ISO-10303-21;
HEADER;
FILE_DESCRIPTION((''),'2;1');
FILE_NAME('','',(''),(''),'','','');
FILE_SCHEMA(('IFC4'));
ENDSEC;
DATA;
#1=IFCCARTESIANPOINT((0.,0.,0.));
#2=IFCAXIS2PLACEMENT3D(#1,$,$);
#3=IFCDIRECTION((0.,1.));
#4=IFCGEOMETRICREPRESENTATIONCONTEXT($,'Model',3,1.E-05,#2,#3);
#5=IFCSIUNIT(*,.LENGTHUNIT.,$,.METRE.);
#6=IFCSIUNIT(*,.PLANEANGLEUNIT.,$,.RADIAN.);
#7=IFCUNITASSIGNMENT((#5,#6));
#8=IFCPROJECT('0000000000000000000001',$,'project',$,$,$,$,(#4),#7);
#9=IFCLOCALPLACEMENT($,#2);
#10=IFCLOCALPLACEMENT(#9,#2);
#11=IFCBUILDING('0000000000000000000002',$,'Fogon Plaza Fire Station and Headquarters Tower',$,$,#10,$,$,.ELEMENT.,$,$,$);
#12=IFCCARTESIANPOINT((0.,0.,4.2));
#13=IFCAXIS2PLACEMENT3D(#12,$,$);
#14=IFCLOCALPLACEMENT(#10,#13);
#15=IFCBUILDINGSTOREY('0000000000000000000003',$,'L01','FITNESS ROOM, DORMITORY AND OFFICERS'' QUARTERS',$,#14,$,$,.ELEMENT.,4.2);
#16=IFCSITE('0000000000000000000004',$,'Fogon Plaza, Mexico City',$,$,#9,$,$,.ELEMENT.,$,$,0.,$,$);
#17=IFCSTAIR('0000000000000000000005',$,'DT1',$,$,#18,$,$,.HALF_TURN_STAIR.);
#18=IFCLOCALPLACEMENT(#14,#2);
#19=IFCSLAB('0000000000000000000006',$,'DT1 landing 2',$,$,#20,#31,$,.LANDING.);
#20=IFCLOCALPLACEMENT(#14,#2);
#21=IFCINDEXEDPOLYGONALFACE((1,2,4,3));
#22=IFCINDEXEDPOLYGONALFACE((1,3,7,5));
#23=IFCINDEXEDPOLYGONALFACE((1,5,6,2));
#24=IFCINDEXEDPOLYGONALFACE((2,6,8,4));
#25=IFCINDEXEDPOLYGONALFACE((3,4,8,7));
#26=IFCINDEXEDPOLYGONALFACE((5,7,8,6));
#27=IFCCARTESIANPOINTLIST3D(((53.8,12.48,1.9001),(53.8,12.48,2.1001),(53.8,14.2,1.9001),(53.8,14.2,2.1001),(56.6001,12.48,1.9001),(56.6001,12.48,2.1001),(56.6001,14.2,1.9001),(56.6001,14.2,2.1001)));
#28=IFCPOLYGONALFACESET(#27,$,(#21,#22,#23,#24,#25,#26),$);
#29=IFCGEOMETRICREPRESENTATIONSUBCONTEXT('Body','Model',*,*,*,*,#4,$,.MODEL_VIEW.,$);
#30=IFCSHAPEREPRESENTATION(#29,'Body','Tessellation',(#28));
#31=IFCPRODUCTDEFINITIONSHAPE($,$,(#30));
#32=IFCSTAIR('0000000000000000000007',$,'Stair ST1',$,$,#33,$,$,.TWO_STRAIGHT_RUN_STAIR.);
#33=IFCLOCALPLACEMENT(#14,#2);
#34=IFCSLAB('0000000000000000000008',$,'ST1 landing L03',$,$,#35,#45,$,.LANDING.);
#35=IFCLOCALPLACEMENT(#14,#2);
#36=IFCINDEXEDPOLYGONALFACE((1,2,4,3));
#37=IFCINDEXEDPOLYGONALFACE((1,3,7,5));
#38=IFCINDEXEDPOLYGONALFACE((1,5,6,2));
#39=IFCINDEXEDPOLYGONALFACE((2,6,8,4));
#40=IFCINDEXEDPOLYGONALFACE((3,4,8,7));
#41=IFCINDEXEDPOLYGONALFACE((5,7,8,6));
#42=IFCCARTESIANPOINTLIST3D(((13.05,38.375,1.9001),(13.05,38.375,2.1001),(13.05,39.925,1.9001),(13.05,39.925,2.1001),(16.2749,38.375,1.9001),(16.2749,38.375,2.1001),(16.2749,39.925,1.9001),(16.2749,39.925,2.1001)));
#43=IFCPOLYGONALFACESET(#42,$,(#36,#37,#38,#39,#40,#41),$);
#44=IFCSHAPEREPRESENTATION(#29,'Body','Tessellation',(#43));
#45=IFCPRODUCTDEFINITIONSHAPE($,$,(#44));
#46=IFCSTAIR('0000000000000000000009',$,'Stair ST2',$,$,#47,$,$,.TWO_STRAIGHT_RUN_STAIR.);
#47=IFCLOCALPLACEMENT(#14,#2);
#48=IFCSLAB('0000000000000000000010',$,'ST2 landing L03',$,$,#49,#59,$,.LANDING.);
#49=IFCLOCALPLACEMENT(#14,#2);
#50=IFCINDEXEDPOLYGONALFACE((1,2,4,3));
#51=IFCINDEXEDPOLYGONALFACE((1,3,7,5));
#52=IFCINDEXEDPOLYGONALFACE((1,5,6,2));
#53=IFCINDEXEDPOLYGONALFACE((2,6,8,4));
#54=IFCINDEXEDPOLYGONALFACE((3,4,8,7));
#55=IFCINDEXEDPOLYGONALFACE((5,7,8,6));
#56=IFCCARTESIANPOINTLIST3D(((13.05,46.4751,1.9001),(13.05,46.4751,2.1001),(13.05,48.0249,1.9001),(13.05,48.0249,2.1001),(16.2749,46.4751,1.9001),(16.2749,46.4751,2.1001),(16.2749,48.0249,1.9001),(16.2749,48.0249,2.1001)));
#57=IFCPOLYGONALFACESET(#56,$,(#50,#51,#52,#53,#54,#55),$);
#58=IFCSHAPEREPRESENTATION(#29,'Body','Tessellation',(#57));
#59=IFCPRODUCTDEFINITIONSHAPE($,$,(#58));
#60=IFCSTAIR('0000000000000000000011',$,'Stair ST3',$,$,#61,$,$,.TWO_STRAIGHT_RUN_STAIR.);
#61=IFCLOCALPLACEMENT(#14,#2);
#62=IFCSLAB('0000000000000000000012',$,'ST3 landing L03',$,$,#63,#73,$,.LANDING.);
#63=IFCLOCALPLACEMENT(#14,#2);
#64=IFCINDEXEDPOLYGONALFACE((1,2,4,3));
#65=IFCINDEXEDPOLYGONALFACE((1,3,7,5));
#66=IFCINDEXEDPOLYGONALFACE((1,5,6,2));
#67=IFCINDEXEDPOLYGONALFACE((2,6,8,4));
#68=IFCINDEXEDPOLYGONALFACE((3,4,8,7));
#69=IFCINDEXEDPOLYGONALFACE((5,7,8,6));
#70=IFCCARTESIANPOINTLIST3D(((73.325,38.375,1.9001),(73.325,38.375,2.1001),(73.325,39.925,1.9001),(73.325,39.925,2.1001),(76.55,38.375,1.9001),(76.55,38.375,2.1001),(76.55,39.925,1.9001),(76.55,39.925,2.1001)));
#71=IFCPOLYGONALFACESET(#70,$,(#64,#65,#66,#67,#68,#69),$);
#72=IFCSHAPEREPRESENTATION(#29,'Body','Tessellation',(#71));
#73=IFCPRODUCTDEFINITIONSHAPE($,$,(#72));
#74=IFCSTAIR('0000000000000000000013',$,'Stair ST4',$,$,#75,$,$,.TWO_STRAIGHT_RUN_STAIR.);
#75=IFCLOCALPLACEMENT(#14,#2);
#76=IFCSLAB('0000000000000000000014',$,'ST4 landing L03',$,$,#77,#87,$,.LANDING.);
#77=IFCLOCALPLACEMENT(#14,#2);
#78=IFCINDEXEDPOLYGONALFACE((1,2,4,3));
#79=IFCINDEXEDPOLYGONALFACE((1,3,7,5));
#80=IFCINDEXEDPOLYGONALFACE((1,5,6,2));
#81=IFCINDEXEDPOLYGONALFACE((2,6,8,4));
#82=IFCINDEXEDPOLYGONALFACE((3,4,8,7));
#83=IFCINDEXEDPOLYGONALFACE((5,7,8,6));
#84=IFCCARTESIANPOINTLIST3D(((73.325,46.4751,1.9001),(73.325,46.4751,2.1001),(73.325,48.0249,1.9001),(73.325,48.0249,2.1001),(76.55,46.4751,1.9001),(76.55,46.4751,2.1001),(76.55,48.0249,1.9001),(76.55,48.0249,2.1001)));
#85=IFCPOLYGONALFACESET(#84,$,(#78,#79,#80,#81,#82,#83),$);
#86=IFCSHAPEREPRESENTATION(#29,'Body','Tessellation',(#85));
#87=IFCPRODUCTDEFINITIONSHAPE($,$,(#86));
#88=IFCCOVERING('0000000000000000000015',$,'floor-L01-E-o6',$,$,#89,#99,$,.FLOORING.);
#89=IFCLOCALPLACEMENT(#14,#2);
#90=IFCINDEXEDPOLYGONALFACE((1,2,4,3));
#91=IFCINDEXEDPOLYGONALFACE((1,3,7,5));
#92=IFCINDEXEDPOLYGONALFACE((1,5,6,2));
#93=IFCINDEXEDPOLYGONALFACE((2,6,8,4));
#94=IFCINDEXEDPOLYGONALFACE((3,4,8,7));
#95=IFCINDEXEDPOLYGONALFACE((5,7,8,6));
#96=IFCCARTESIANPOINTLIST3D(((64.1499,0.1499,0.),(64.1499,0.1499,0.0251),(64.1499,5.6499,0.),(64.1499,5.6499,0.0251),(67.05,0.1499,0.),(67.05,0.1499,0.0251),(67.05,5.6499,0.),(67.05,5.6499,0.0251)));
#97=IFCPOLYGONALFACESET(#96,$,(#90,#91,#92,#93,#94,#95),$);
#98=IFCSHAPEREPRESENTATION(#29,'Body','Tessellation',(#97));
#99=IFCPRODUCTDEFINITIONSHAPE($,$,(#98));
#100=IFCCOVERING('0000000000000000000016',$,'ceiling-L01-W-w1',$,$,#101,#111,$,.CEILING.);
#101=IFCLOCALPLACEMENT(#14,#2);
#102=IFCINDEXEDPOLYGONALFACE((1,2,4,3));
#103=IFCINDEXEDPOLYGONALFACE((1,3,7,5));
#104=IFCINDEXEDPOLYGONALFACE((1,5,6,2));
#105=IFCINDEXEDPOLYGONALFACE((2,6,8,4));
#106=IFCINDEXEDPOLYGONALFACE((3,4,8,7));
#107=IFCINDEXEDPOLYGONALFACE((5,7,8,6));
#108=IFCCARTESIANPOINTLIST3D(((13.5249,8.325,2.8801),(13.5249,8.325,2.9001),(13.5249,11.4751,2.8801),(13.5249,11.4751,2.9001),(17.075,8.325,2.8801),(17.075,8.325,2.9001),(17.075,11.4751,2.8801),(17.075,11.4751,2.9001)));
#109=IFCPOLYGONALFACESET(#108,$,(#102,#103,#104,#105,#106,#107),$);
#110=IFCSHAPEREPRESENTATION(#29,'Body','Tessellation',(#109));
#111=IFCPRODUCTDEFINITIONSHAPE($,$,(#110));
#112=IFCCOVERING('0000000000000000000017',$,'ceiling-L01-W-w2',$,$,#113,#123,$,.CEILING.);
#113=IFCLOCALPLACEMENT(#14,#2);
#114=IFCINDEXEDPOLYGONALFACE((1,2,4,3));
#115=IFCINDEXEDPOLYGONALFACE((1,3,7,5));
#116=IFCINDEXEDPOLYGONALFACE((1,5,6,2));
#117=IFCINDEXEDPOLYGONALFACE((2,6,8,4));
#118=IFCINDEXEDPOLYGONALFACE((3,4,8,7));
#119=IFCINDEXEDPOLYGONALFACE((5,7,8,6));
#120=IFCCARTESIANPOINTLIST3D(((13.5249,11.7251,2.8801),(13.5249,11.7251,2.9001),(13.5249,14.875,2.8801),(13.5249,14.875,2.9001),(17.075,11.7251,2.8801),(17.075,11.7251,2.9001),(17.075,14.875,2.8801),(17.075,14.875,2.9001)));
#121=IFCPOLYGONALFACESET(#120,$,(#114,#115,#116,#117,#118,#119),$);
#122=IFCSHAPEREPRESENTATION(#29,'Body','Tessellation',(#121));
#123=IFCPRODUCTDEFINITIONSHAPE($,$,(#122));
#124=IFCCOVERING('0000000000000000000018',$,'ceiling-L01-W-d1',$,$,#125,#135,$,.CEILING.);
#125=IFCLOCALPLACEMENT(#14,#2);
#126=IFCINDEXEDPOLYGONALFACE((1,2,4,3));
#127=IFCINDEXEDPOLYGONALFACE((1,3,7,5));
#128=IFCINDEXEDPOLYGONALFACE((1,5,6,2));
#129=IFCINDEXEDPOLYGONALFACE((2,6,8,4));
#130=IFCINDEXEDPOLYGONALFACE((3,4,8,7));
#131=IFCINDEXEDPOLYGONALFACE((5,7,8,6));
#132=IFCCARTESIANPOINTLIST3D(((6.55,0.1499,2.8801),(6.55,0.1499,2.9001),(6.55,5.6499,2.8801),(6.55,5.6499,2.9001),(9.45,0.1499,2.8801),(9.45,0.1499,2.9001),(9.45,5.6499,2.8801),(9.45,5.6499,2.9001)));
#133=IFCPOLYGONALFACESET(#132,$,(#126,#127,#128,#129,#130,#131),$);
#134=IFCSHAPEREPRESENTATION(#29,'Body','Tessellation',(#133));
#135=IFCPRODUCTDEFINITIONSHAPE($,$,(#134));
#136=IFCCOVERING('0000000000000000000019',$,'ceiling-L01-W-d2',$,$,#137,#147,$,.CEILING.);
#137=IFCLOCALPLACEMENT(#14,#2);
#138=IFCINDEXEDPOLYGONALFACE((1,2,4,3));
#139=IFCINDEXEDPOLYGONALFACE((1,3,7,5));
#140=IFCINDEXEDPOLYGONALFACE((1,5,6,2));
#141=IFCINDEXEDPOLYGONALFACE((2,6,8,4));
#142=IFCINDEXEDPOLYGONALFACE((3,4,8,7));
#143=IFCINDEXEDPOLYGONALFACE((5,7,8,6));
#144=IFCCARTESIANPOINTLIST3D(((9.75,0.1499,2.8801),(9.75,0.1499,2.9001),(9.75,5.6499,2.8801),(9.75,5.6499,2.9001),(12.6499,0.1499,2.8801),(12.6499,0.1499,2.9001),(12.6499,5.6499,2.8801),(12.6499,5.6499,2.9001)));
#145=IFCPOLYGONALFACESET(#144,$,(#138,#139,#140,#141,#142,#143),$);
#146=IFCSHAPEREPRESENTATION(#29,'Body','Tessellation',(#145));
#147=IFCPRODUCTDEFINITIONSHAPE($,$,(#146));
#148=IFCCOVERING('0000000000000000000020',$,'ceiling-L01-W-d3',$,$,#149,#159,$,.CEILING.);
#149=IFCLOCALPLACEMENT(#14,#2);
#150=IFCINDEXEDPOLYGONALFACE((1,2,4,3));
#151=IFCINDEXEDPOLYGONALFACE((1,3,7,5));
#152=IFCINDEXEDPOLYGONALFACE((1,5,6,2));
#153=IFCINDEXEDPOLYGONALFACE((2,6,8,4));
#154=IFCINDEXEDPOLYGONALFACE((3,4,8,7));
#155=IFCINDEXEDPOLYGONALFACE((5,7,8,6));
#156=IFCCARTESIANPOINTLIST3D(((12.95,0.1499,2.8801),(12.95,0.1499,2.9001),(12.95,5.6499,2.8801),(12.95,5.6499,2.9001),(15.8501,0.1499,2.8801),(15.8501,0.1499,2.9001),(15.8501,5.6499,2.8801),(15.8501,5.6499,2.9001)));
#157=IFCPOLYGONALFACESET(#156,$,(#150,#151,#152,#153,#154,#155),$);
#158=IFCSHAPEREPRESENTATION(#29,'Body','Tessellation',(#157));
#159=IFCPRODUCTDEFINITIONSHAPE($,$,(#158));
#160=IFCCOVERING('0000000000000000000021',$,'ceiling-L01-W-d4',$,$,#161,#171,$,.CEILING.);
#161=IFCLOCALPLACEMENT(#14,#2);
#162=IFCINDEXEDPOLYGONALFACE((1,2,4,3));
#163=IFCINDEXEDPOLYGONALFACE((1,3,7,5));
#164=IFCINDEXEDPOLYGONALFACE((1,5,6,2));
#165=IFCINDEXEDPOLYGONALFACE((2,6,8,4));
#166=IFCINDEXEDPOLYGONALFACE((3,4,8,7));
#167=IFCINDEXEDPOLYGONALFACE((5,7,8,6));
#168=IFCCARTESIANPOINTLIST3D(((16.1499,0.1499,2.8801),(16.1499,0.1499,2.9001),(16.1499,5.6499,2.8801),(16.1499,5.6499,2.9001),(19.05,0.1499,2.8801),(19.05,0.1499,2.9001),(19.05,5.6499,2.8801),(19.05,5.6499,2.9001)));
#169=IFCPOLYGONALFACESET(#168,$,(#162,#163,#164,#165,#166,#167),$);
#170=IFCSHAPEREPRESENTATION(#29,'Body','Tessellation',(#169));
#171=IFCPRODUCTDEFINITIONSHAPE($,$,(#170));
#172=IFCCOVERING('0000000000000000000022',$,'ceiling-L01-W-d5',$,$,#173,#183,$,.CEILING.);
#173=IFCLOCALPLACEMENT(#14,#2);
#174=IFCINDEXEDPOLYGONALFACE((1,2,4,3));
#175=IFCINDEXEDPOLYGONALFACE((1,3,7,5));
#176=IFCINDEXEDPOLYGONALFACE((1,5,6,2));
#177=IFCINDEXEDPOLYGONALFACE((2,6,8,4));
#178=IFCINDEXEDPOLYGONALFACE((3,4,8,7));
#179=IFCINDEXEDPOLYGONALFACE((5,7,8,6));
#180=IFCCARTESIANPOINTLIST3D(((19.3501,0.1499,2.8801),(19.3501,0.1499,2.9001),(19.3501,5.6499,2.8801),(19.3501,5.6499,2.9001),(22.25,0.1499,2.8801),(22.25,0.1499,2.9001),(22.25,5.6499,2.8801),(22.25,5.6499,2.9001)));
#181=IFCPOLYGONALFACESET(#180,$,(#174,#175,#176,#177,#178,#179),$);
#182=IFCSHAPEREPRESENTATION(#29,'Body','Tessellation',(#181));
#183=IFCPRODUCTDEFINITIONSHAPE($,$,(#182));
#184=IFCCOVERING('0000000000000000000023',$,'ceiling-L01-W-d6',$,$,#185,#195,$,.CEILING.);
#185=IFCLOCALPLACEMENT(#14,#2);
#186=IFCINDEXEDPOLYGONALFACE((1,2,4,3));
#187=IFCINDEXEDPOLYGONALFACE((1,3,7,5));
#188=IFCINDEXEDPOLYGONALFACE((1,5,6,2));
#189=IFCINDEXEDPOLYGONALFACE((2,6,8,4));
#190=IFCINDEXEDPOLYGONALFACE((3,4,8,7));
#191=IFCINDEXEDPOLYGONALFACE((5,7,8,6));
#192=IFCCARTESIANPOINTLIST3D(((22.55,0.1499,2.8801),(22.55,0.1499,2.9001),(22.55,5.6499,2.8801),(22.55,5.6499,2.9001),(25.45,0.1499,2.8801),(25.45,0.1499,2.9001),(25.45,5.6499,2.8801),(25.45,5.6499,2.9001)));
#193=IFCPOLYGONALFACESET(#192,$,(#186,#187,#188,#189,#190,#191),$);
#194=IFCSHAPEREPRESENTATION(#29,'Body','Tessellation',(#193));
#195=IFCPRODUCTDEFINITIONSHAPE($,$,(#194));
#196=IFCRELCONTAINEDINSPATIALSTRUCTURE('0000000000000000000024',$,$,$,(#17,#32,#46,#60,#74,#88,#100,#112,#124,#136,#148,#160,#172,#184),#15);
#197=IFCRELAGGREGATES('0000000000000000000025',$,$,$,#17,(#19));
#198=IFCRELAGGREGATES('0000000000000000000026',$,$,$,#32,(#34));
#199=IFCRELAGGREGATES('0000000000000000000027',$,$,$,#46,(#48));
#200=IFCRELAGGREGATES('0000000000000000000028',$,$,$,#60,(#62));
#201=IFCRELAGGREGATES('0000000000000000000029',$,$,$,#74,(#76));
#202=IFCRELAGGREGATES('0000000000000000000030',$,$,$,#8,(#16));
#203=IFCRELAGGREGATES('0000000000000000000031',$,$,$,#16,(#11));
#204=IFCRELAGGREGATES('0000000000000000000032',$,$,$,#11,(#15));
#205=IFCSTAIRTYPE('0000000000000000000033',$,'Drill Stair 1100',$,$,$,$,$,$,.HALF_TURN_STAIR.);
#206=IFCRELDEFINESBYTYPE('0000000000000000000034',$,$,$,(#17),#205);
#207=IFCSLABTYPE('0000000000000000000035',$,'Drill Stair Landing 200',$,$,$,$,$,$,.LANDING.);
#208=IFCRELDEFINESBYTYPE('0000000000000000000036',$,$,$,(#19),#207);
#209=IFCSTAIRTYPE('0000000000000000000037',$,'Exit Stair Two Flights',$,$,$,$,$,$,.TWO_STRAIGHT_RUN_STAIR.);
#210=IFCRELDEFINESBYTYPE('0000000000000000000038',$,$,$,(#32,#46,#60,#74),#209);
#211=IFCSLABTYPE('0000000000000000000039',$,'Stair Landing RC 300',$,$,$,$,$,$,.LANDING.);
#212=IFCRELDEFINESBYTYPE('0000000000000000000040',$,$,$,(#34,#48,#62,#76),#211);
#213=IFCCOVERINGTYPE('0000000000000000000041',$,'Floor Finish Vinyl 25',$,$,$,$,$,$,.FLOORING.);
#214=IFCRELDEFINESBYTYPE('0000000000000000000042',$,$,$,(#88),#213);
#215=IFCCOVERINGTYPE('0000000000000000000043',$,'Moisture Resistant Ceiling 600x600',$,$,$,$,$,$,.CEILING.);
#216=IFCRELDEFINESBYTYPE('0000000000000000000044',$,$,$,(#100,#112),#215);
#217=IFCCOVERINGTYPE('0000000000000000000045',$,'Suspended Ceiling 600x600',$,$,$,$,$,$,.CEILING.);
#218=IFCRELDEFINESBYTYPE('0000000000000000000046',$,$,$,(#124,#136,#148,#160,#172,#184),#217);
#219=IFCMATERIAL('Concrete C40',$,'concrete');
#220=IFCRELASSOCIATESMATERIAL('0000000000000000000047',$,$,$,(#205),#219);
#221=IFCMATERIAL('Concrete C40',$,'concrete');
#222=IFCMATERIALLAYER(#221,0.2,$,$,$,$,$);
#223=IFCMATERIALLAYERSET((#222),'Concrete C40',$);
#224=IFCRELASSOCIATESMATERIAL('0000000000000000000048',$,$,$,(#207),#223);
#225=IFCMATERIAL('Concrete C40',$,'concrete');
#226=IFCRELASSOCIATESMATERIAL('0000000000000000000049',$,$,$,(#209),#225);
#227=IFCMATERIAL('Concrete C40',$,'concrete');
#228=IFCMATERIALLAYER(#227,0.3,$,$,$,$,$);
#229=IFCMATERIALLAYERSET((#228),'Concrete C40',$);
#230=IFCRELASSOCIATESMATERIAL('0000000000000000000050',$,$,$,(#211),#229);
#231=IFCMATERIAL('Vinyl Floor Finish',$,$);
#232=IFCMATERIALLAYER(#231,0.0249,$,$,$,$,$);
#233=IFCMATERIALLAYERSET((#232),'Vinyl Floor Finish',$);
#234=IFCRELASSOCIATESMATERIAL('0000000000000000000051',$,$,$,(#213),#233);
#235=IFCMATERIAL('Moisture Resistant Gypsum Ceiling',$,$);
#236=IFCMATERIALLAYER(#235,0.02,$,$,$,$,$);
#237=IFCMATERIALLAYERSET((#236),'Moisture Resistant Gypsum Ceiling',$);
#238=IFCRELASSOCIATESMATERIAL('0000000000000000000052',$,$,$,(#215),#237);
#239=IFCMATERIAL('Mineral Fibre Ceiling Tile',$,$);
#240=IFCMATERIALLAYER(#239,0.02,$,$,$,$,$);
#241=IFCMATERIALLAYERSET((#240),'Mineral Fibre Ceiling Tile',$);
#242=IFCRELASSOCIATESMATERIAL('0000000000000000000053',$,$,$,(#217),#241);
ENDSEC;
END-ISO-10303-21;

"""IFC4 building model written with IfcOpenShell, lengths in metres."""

from ifc_helpers import new_model, si_unit, direction, frame, origin, place, context, subcontext, project, spatial, polyline, outline, extrude, material, layer, layer_set, type_object, element, aggregate, save


model = new_model("IFC4")

# Units and contexts
model_context = context("Model", 3, precision=1e-05, world=origin(), true_north=direction((0.0, 1.0)))
body_context = subcontext(model_context, "Body", "Model", "MODEL_VIEW")
ifc_project = project(units=[si_unit("LENGTHUNIT", "METRE"), si_unit("PLANEANGLEUNIT", "RADIAN")], contexts=[model_context])

# Site, building, storey
site_placement = place(None, origin())
site = spatial("IfcSite", under=ifc_project, at=site_placement, Name="Fogon Plaza, Mexico City", CompositionType="ELEMENT", RefElevation=0.0)
building_placement = place(site_placement, origin())
building = spatial("IfcBuilding", under=site, at=building_placement, Name="Fogon Plaza Fire Station and Headquarters Tower", CompositionType="ELEMENT")
storey_placement = place(building_placement, frame((0.0, 0.0, 4.2)))
storey = spatial("IfcBuildingStorey", under=building, at=storey_placement, Name="L01", Description="FITNESS ROOM, DORMITORY AND OFFICERS' QUARTERS", CompositionType="ELEMENT", Elevation=4.2)

# Stairs, slabs
ifc_material_1 = material(Name="Concrete C40", Category="concrete")
stair_type_1 = type_object("IfcStairType", Name="Drill Stair 1100", PredefinedType="HALF_TURN_STAIR", material=ifc_material_1)
stair_1_placement = place(storey_placement, origin())
stair_1 = element("IfcStair", 1, at=stair_1_placement, inside=storey, type_object=stair_type_1, Name="DT1", PredefinedType="HALF_TURN_STAIR")
ifc_material_2 = material(Name="Concrete C40", Category="concrete")
ifc_layer_1 = layer(ifc_material_2, 0.2)
ifc_layer_set_1 = layer_set([ifc_layer_1], Name="Concrete C40")
slab_type_1 = type_object("IfcSlabType", Name="Drill Stair Landing 200", PredefinedType="LANDING", material=ifc_layer_set_1)
slab_1_placement = place(storey_placement, frame((0.0, 0.0, 1.9001)))
slab_1 = element("IfcSlab", 2, at=slab_1_placement, type_object=slab_type_1, Name="DT1 landing 2", PredefinedType="LANDING", context=body_context, shape_type="SweptSolid", body=[
    extrude(outline(polyline([(53.8, 12.48), (56.6001, 12.48), (56.6001, 14.2), (53.8, 14.2), (53.8, 12.48)])), origin(), (0.0, 0.0, 1.0), 0.2),
])
aggregate(stair_1, [slab_1])
ifc_material_3 = material(Name="Concrete C40", Category="concrete")
stair_type_2 = type_object("IfcStairType", Name="Exit Stair Two Flights", PredefinedType="TWO_STRAIGHT_RUN_STAIR", material=ifc_material_3)
stair_2_placement = place(storey_placement, origin())
stair_2 = element("IfcStair", 3, at=stair_2_placement, inside=storey, type_object=stair_type_2, Name="Stair ST1", PredefinedType="TWO_STRAIGHT_RUN_STAIR")
ifc_material_4 = material(Name="Concrete C40", Category="concrete")
ifc_layer_2 = layer(ifc_material_4, 0.3)
ifc_layer_set_2 = layer_set([ifc_layer_2], Name="Concrete C40")
slab_type_2 = type_object("IfcSlabType", Name="Stair Landing RC 300", PredefinedType="LANDING", material=ifc_layer_set_2)
slab_2_placement = place(storey_placement, frame((0.0, 0.0, 1.9001)))
slab_2 = element("IfcSlab", 4, at=slab_2_placement, type_object=slab_type_2, Name="ST1 landing L03", PredefinedType="LANDING", context=body_context, shape_type="SweptSolid", body=[
    extrude(outline(polyline([(16.2749, 38.375), (16.2749, 39.925), (13.05, 39.925), (13.05, 38.375), (16.2749, 38.375)])), origin(), (0.0, 0.0, 1.0), 0.2),
])
aggregate(stair_2, [slab_2])
stair_3_placement = place(storey_placement, origin())
stair_3 = element("IfcStair", 5, at=stair_3_placement, inside=storey, type_object=stair_type_2, Name="Stair ST2", PredefinedType="TWO_STRAIGHT_RUN_STAIR")
slab_3_placement = place(storey_placement, frame((0.0, 0.0, 1.9001)))
slab_3 = element("IfcSlab", 6, at=slab_3_placement, type_object=slab_type_2, Name="ST2 landing L03", PredefinedType="LANDING", context=body_context, shape_type="SweptSolid", body=[
    extrude(outline(polyline([(16.2749, 46.4751), (16.2749, 48.0249), (13.05, 48.0249), (13.05, 46.4751), (16.2749, 46.4751)])), origin(), (0.0, 0.0, 1.0), 0.2),
])
aggregate(stair_3, [slab_3])
stair_4_placement = place(storey_placement, origin())
stair_4 = element("IfcStair", 7, at=stair_4_placement, inside=storey, type_object=stair_type_2, Name="Stair ST3", PredefinedType="TWO_STRAIGHT_RUN_STAIR")
slab_4_placement = place(storey_placement, frame((0.0, 0.0, 1.9001)))
slab_4 = element("IfcSlab", 8, at=slab_4_placement, type_object=slab_type_2, Name="ST3 landing L03", PredefinedType="LANDING", context=body_context, shape_type="SweptSolid", body=[
    extrude(outline(polyline([(73.325, 38.375), (76.55, 38.375), (76.55, 39.925), (73.325, 39.925), (73.325, 38.375)])), origin(), (0.0, 0.0, 1.0), 0.2),
])
aggregate(stair_4, [slab_4])
stair_5_placement = place(storey_placement, origin())
stair_5 = element("IfcStair", 9, at=stair_5_placement, inside=storey, type_object=stair_type_2, Name="Stair ST4", PredefinedType="TWO_STRAIGHT_RUN_STAIR")
slab_5_placement = place(storey_placement, frame((0.0, 0.0, 1.9001)))
slab_5 = element("IfcSlab", 10, at=slab_5_placement, type_object=slab_type_2, Name="ST4 landing L03", PredefinedType="LANDING", context=body_context, shape_type="SweptSolid", body=[
    extrude(outline(polyline([(73.325, 46.4751), (76.55, 46.4751), (76.55, 48.0249), (73.325, 48.0249), (73.325, 46.4751)])), origin(), (0.0, 0.0, 1.0), 0.2),
])
aggregate(stair_5, [slab_5])

# Coverings
ifc_material_5 = material(Name="Vinyl Floor Finish")
ifc_layer_3 = layer(ifc_material_5, 0.0249)
ifc_layer_set_3 = layer_set([ifc_layer_3], Name="Vinyl Floor Finish")
covering_type_1 = type_object("IfcCoveringType", Name="Floor Finish Vinyl 25", PredefinedType="FLOORING", material=ifc_layer_set_3)
covering_1_placement = place(storey_placement, origin())
element("IfcCovering", 11, at=covering_1_placement, inside=storey, type_object=covering_type_1, Name="floor-L01-E-o6", PredefinedType="FLOORING", context=body_context, shape_type="SweptSolid", body=[
    extrude(outline(polyline([(64.1499, 0.1499), (64.1499, 5.6499), (67.05, 5.6499), (67.05, 0.1499), (64.1499, 0.1499)])), origin(), (0.0, 0.0, 1.0), 0.0251),
])
ifc_material_6 = material(Name="Moisture Resistant Gypsum Ceiling")
ifc_layer_4 = layer(ifc_material_6, 0.02)
ifc_layer_set_4 = layer_set([ifc_layer_4], Name="Moisture Resistant Gypsum Ceiling")
covering_type_2 = type_object("IfcCoveringType", Name="Moisture Resistant Ceiling 600x600", PredefinedType="CEILING", material=ifc_layer_set_4)
covering_2_placement = place(storey_placement, frame((0.0, 0.0, 2.8801)))
element("IfcCovering", 12, at=covering_2_placement, inside=storey, type_object=covering_type_2, Name="ceiling-L01-W-w1", PredefinedType="CEILING", context=body_context, shape_type="SweptSolid", body=[
    extrude(outline(polyline([(13.5249, 8.325), (13.5249, 11.4751), (17.075, 11.4751), (17.075, 8.325), (13.5249, 8.325)])), origin(), (0.0, 0.0, 1.0), 0.02),
])
covering_3_placement = place(storey_placement, frame((0.0, 0.0, 2.8801)))
element("IfcCovering", 13, at=covering_3_placement, inside=storey, type_object=covering_type_2, Name="ceiling-L01-W-w2", PredefinedType="CEILING", context=body_context, shape_type="SweptSolid", body=[
    extrude(outline(polyline([(13.5249, 11.7251), (13.5249, 14.875), (17.075, 14.875), (17.075, 11.7251), (13.5249, 11.7251)])), origin(), (0.0, 0.0, 1.0), 0.02),
])
ifc_material_7 = material(Name="Mineral Fibre Ceiling Tile")
ifc_layer_5 = layer(ifc_material_7, 0.02)
ifc_layer_set_5 = layer_set([ifc_layer_5], Name="Mineral Fibre Ceiling Tile")
covering_type_3 = type_object("IfcCoveringType", Name="Suspended Ceiling 600x600", PredefinedType="CEILING", material=ifc_layer_set_5)
covering_4_placement = place(storey_placement, frame((0.0, 0.0, 2.8801)))
element("IfcCovering", 14, at=covering_4_placement, inside=storey, type_object=covering_type_3, Name="ceiling-L01-W-d1", PredefinedType="CEILING", context=body_context, shape_type="SweptSolid", body=[
    extrude(outline(polyline([(6.55, 0.1499), (6.55, 5.6499), (9.45, 5.6499), (9.45, 0.1499), (6.55, 0.1499)])), origin(), (0.0, 0.0, 1.0), 0.02),
])
covering_5_placement = place(storey_placement, frame((0.0, 0.0, 2.8801)))
element("IfcCovering", 15, at=covering_5_placement, inside=storey, type_object=covering_type_3, Name="ceiling-L01-W-d2", PredefinedType="CEILING", context=body_context, shape_type="SweptSolid", body=[
    extrude(outline(polyline([(9.75, 0.1499), (9.75, 5.6499), (12.6499, 5.6499), (12.6499, 0.1499), (9.75, 0.1499)])), origin(), (0.0, 0.0, 1.0), 0.02),
])
covering_6_placement = place(storey_placement, frame((0.0, 0.0, 2.8801)))
element("IfcCovering", 16, at=covering_6_placement, inside=storey, type_object=covering_type_3, Name="ceiling-L01-W-d3", PredefinedType="CEILING", context=body_context, shape_type="SweptSolid", body=[
    extrude(outline(polyline([(12.95, 0.1499), (12.95, 5.6499), (15.8501, 5.6499), (15.8501, 0.1499), (12.95, 0.1499)])), origin(), (0.0, 0.0, 1.0), 0.02),
])
covering_7_placement = place(storey_placement, frame((0.0, 0.0, 2.8801)))
element("IfcCovering", 17, at=covering_7_placement, inside=storey, type_object=covering_type_3, Name="ceiling-L01-W-d4", PredefinedType="CEILING", context=body_context, shape_type="SweptSolid", body=[
    extrude(outline(polyline([(16.1499, 0.1499), (16.1499, 5.6499), (19.05, 5.6499), (19.05, 0.1499), (16.1499, 0.1499)])), origin(), (0.0, 0.0, 1.0), 0.02),
])
covering_8_placement = place(storey_placement, frame((0.0, 0.0, 2.8801)))
element("IfcCovering", 18, at=covering_8_placement, inside=storey, type_object=covering_type_3, Name="ceiling-L01-W-d5", PredefinedType="CEILING", context=body_context, shape_type="SweptSolid", body=[
    extrude(outline(polyline([(19.3501, 0.1499), (19.3501, 5.6499), (22.25, 5.6499), (22.25, 0.1499), (19.3501, 0.1499)])), origin(), (0.0, 0.0, 1.0), 0.02),
])
covering_9_placement = place(storey_placement, frame((0.0, 0.0, 2.8801)))
element("IfcCovering", 19, at=covering_9_placement, inside=storey, type_object=covering_type_3, Name="ceiling-L01-W-d6", PredefinedType="CEILING", context=body_context, shape_type="SweptSolid", body=[
    extrude(outline(polyline([(22.55, 0.1499), (22.55, 5.6499), (25.45, 5.6499), (25.45, 0.1499), (22.55, 0.1499)])), origin(), (0.0, 0.0, 1.0), 0.02),
])

save(model, "model.ifc")
